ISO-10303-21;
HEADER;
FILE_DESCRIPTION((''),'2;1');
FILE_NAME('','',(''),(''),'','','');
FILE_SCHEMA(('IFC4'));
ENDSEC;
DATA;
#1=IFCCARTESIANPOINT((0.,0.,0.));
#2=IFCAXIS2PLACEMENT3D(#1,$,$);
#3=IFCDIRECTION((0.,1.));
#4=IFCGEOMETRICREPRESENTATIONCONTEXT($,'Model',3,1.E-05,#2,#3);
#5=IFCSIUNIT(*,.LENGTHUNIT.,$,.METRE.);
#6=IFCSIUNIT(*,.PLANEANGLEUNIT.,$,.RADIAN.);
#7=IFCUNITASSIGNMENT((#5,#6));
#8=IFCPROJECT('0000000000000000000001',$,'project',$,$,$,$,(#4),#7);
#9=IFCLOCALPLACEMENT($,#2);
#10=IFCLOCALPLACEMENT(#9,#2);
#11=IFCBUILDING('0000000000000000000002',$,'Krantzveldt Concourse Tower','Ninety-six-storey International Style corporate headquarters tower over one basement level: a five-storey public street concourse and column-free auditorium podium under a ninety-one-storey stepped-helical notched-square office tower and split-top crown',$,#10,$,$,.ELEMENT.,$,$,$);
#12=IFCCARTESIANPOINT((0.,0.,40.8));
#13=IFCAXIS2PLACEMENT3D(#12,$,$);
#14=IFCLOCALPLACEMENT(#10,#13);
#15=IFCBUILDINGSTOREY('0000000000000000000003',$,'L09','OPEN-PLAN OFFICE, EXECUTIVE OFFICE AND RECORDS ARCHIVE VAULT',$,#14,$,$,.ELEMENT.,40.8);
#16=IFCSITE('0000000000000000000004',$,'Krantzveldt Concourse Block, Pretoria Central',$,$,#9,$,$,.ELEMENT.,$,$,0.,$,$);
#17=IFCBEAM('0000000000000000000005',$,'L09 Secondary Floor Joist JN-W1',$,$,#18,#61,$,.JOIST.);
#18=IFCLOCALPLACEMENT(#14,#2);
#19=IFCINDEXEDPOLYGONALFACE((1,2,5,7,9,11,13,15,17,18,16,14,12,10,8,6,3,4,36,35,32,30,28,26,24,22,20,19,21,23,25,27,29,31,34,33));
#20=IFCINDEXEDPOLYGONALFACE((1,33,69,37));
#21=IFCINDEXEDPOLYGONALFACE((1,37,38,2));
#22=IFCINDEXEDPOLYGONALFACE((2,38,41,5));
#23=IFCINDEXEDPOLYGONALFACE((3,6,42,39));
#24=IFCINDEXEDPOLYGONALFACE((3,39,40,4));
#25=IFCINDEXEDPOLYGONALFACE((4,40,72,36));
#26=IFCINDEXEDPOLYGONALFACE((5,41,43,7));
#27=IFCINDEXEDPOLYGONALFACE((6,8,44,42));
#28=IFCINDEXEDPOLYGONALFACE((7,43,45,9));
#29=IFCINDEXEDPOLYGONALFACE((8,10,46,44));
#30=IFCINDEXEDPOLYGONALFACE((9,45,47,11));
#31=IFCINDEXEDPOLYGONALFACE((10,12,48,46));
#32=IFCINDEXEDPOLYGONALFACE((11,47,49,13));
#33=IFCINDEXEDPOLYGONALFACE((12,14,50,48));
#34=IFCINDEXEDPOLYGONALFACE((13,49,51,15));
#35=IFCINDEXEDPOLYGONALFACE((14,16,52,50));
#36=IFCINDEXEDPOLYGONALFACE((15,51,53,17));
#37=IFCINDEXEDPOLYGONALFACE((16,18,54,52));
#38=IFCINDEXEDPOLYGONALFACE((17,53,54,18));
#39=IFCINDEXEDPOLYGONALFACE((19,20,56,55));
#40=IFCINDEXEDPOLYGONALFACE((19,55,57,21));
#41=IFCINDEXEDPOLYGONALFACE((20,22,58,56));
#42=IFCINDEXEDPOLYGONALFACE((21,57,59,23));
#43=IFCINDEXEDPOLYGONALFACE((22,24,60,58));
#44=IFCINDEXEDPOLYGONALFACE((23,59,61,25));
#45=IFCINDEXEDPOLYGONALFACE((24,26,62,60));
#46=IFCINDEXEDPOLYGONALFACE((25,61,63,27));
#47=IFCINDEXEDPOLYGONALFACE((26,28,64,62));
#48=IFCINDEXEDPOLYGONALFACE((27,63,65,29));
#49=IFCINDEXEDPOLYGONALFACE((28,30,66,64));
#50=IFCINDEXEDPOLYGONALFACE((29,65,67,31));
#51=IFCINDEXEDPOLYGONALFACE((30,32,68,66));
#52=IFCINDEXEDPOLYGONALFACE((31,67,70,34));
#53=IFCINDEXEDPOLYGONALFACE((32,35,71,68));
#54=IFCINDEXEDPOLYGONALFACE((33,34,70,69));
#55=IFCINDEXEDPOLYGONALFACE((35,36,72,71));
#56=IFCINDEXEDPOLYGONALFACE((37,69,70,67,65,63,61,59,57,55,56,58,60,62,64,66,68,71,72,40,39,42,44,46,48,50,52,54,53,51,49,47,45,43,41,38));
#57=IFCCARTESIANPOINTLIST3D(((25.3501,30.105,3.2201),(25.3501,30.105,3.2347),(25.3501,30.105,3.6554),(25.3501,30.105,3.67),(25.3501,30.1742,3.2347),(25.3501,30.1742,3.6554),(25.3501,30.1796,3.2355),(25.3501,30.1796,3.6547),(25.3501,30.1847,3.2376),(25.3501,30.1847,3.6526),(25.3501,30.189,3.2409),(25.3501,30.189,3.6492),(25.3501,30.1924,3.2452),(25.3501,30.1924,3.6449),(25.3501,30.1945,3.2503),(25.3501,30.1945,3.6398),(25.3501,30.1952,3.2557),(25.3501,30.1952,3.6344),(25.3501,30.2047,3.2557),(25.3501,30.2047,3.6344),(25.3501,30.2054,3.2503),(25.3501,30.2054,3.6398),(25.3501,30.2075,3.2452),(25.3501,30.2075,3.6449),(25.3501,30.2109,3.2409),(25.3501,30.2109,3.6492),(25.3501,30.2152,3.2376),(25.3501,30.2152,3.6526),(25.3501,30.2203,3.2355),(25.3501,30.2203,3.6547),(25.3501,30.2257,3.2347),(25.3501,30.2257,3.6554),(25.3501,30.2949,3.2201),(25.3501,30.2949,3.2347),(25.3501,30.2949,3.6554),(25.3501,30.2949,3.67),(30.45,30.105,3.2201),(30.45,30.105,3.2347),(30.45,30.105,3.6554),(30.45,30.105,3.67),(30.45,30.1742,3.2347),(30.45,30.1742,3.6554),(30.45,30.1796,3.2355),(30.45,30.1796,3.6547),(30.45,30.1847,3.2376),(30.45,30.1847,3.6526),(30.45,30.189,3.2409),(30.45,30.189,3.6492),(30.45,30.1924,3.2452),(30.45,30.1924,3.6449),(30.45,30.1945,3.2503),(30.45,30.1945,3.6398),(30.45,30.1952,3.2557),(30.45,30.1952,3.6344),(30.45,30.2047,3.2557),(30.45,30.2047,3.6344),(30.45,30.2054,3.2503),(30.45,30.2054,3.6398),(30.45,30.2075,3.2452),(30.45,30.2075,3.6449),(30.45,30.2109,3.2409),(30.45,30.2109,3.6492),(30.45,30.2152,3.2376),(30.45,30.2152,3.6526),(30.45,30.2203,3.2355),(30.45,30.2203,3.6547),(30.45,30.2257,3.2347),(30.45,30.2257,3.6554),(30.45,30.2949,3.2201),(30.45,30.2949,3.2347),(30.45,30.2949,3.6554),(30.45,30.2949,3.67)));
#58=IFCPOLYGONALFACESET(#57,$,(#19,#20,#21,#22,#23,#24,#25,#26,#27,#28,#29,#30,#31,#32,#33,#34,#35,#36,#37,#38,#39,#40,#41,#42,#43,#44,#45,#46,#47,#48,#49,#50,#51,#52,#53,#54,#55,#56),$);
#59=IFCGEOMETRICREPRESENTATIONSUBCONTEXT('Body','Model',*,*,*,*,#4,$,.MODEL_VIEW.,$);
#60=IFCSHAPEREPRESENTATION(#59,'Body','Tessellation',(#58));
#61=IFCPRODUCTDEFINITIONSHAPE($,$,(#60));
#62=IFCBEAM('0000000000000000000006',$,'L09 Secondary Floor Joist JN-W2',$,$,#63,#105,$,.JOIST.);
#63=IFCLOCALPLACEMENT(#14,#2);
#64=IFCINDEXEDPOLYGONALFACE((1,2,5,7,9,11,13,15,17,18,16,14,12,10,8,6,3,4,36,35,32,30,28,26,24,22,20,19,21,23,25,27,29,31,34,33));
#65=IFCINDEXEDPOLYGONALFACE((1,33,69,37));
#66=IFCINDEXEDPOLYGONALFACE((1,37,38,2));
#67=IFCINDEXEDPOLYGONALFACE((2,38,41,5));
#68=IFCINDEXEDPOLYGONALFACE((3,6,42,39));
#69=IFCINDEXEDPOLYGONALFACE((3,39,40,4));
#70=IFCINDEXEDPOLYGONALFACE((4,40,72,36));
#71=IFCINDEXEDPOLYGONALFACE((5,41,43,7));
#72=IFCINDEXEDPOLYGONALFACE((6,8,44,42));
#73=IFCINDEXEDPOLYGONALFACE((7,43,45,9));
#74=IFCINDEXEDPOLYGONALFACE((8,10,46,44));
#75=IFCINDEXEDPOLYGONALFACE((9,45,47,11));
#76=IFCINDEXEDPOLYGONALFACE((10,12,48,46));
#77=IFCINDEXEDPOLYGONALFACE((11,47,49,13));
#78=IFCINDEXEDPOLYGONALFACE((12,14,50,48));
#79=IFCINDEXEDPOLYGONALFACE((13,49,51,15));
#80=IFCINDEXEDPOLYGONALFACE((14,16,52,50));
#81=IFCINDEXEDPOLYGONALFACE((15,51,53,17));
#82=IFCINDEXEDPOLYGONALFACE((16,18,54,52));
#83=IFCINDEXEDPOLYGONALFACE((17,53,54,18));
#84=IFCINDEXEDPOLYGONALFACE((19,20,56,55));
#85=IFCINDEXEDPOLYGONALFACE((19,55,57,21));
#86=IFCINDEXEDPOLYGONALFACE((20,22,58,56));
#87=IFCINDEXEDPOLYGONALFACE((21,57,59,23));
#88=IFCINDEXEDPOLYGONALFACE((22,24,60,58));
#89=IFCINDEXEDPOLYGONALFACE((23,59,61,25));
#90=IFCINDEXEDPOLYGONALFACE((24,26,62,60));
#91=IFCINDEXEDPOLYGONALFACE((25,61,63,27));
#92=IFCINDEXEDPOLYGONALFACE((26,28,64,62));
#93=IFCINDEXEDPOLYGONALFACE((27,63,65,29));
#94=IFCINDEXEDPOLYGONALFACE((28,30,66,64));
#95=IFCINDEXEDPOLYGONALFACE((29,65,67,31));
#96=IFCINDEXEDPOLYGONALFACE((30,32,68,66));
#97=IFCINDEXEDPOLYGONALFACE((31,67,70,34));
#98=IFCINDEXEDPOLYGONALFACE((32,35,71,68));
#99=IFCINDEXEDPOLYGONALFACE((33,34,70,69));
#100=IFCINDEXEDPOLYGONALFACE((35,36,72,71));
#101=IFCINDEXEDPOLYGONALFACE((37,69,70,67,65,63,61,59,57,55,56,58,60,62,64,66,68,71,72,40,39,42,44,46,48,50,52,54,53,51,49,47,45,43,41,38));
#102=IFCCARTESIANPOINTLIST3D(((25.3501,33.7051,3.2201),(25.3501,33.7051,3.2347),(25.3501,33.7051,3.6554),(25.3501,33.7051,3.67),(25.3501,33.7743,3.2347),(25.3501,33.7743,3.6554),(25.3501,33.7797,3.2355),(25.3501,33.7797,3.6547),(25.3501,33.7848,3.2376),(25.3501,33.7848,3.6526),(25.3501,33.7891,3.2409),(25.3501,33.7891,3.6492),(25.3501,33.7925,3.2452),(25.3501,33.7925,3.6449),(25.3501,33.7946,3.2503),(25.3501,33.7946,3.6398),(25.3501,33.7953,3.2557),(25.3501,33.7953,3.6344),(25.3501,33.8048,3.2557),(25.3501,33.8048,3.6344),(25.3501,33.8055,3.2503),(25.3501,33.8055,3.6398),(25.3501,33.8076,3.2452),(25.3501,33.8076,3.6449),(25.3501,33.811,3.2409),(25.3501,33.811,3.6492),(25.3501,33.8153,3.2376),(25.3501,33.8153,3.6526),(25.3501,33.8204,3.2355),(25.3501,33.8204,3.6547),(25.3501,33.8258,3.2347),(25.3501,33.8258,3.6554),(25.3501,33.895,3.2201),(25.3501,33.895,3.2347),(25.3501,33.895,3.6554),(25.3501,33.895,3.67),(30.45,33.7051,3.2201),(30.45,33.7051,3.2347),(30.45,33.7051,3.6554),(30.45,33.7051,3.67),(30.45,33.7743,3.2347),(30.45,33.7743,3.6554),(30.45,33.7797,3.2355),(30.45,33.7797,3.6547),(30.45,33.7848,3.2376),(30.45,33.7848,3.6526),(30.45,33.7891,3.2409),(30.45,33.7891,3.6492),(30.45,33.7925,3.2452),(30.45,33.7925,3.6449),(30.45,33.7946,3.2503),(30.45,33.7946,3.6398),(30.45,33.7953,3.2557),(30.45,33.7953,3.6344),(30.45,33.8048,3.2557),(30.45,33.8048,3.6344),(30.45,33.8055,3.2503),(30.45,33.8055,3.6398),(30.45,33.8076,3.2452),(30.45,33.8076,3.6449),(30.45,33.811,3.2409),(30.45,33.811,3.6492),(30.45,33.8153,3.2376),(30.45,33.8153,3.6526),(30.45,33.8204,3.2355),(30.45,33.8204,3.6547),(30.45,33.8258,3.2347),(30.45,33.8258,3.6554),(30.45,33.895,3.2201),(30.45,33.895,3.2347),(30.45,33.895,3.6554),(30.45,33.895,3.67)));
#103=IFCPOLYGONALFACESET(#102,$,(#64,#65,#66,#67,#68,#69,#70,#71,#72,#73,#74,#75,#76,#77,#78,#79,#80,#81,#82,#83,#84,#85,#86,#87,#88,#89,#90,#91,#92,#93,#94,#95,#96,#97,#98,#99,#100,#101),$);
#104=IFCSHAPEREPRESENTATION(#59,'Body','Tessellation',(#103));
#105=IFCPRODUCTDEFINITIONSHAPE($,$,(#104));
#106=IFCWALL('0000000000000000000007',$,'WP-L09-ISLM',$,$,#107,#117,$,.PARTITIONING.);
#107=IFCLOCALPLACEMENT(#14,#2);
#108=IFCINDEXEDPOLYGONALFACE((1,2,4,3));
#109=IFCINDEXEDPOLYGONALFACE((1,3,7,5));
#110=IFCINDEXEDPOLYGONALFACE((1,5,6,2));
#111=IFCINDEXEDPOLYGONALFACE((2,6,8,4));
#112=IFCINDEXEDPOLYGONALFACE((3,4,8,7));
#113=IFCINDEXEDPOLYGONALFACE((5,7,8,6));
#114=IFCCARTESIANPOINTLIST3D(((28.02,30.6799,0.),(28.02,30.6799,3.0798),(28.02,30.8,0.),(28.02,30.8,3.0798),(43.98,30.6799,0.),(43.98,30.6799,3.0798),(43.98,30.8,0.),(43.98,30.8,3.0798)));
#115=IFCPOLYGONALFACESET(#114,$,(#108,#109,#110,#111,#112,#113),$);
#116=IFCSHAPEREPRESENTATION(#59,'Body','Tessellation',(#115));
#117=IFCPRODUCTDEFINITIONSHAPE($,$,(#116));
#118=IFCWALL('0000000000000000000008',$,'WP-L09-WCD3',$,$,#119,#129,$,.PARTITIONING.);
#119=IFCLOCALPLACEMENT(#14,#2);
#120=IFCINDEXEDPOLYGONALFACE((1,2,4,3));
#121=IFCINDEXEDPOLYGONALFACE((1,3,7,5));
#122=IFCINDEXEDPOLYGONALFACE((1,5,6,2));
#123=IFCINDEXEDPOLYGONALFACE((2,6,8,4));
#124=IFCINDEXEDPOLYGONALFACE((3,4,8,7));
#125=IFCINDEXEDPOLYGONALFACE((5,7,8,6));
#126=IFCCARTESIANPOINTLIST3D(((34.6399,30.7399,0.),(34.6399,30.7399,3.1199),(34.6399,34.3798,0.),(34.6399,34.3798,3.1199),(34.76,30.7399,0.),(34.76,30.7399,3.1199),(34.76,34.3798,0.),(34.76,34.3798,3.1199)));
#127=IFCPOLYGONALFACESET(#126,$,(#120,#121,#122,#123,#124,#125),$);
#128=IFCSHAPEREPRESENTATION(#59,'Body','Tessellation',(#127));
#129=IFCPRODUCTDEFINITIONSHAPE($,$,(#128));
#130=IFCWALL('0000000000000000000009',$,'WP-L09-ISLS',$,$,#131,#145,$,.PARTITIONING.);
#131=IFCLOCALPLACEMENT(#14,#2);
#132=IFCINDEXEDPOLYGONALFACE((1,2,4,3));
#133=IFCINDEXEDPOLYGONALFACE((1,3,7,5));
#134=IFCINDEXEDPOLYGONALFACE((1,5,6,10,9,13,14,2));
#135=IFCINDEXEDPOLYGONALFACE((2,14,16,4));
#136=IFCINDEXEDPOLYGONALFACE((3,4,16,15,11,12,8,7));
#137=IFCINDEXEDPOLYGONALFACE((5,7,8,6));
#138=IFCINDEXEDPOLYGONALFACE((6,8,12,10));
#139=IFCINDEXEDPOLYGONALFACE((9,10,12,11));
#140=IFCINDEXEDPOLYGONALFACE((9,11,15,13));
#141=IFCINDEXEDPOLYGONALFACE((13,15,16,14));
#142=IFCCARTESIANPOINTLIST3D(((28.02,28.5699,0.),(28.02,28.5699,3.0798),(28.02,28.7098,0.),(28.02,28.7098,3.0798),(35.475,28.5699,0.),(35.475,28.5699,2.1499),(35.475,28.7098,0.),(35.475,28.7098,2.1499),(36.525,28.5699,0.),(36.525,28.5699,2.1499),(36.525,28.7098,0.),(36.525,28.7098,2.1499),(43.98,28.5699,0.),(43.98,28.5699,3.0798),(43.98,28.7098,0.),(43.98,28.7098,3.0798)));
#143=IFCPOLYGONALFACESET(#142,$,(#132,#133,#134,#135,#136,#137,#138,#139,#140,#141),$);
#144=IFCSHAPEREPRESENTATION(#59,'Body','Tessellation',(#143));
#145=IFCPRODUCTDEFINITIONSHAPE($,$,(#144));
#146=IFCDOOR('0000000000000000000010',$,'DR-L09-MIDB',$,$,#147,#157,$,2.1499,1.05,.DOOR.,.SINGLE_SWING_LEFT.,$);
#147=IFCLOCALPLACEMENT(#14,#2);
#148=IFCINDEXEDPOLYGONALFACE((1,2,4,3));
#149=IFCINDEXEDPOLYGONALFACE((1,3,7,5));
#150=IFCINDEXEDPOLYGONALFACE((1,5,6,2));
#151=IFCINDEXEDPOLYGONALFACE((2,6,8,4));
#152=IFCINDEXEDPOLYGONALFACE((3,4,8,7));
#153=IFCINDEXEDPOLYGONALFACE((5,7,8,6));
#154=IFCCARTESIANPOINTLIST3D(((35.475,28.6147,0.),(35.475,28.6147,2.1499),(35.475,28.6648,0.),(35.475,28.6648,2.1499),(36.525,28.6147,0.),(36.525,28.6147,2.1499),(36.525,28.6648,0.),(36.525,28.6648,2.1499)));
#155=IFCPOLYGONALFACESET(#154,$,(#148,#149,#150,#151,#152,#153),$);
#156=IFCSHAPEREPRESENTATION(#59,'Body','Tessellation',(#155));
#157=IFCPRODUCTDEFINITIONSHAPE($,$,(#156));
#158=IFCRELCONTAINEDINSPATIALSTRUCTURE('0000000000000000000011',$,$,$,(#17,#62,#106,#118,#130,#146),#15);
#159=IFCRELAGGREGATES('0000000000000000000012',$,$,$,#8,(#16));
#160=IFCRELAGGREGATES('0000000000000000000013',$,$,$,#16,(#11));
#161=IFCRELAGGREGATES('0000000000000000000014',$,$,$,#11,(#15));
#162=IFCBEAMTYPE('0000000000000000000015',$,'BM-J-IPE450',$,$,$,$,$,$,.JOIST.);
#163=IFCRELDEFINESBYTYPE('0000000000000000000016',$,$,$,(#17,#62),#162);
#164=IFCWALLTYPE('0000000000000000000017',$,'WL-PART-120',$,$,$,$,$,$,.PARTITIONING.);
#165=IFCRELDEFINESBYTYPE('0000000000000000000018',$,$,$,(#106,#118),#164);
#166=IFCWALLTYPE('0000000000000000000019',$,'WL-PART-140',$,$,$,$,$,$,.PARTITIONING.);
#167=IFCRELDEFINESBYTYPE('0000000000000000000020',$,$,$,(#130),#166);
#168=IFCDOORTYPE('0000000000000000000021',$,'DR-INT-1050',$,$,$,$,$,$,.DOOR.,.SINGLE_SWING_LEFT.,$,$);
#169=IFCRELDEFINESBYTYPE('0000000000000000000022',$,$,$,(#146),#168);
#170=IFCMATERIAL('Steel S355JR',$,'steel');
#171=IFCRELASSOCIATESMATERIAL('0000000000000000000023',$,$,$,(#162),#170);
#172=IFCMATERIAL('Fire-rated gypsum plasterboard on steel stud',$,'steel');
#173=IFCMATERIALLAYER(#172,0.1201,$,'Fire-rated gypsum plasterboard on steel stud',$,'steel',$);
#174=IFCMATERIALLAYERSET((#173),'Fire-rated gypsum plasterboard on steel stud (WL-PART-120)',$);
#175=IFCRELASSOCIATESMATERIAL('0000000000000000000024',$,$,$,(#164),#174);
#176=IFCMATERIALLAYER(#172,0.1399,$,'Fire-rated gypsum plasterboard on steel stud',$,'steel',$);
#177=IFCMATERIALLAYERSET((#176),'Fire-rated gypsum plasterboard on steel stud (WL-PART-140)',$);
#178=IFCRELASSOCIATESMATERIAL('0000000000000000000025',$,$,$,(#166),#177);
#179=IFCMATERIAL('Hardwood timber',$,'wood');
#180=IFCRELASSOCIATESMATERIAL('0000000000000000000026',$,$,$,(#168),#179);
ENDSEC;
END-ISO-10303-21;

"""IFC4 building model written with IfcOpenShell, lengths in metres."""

from ifc_helpers import new_model, si_unit, direction, frame, frame_2d, origin, origin_2d, place, context, subcontext, project, spatial, rectangle, i_section, extrude, source, transform, mapped, material, layer, layer_set, material_profile, profile_set, type_object, type_shapes, element, fill, save


model = new_model("IFC4")

# Units and contexts
model_context = context("Model", 3, precision=1e-05, world=origin(), true_north=direction((0.0, 1.0)))
body_context = subcontext(model_context, "Body", "Model", "MODEL_VIEW")
ifc_project = project(units=[si_unit("LENGTHUNIT", "METRE"), si_unit("PLANEANGLEUNIT", "RADIAN")], contexts=[model_context])

# Site, building, storey
site_placement = place(None, origin())
site = spatial("IfcSite", under=ifc_project, at=site_placement, Name="Krantzveldt Concourse Block, Pretoria Central", CompositionType="ELEMENT", RefElevation=0.0)
building_placement = place(site_placement, origin())
building = spatial("IfcBuilding", under=site, at=building_placement, Name="Krantzveldt Concourse Tower", Description="Ninety-six-storey International Style corporate headquarters tower over one basement level: a five-storey public street concourse and column-free auditorium podium under a ninety-one-storey stepped-helical notched-square office tower and split-top crown", CompositionType="ELEMENT")
storey_placement = place(building_placement, frame((0.0, 0.0, 40.8)))
storey = spatial("IfcBuildingStorey", under=building, at=storey_placement, Name="L09", Description="OPEN-PLAN OFFICE, EXECUTIVE OFFICE AND RECORDS ARCHIVE VAULT", CompositionType="ELEMENT", Elevation=40.8)

# Beams
ifc_material_1 = material(Name="Steel S355JR", Category="steel")
ifc_material_profile_1 = material_profile(ifc_material_1, i_section(OverallWidth=0.1899, OverallDepth=0.45, WebThickness=0.0095, FlangeThickness=0.0146, FilletRadius=0.021, at=origin_2d()), Name="Steel S355JR", Category="steel")
ifc_profile_set_1 = profile_set([ifc_material_profile_1], Name="Steel S355JR - IPE 450")
beam_type_1 = type_object("IfcBeamType", Name="BM-J-IPE450", PredefinedType="JOIST", material=ifc_profile_set_1)
shared_shape_1 = source(origin(), body_context, "Body", "SweptSolid", [
    extrude(i_section(OverallWidth=0.1899, OverallDepth=0.45, WebThickness=0.0095, FlangeThickness=0.0146, FilletRadius=0.021, at=origin_2d()), origin(), (0.0, 0.0, 1.0), 5.0999),
])
type_shapes(beam_type_1, [shared_shape_1])
for number, where, z_axis, x_axis, name in (
    (1, (25.3501, 30.2, 3.4451), (1.0, 0.0, 0.0), (0.0, 1.0, 0.0), "L09 Secondary Floor Joist JN-W1"),
    (2, (25.3501, 33.8, 3.4451), (1.0, 0.0, 0.0), (0.0, 1.0, 0.0), "L09 Secondary Floor Joist JN-W2"),
):
    element("IfcBeam", number, at=place(storey_placement, frame(where, z_axis=z_axis, x_axis=x_axis)), inside=storey, type_object=beam_type_1, Name=name, PredefinedType="JOIST", context=body_context, shape_type="MappedRepresentation", body=[
        mapped(shared_shape_1, transform((0.0, 0.0, 0.0), x_axis=(1.0, 0.0, 0.0), y_axis=(0.0, 1.0, 0.0), z_axis=(0.0, 0.0, 1.0), scale=1.0)),
    ])

# Walls
ifc_material_2 = material(Name="Fire-rated gypsum plasterboard on steel stud", Category="steel")
ifc_layer_1 = layer(ifc_material_2, 0.1201, Name="Fire-rated gypsum plasterboard on steel stud", Category="steel")
ifc_layer_set_1 = layer_set([ifc_layer_1], Name="Fire-rated gypsum plasterboard on steel stud (WL-PART-120)")
wall_type_1 = type_object("IfcWallType", Name="WL-PART-120", PredefinedType="PARTITIONING", material=ifc_layer_set_1)
wall_1_placement = place(storey_placement, frame((28.02, 30.74, 0.0), z_axis=(0.0, 0.0, 1.0), x_axis=(1.0, 0.0, 0.0)))
element("IfcWall", 3, at=wall_1_placement, inside=storey, type_object=wall_type_1, Name="WP-L09-ISLM", PredefinedType="PARTITIONING", context=body_context, shape_type="SweptSolid", body=[
    extrude(rectangle(XDim=15.96, YDim=0.1201, at=frame_2d((7.98, 0.0))), origin(), (0.0, 0.0, 1.0), 3.0798),
])
wall_2_placement = place(storey_placement, frame((34.7, 30.74, 0.0), z_axis=(0.0, 0.0, 1.0), x_axis=(0.0, 1.0, 0.0)))
element("IfcWall", 4, at=wall_2_placement, inside=storey, type_object=wall_type_1, Name="WP-L09-WCD3", PredefinedType="PARTITIONING", context=body_context, shape_type="SweptSolid", body=[
    extrude(rectangle(XDim=3.6399, YDim=0.1201, at=frame_2d((1.8198, 0.0))), origin(), (0.0, 0.0, 1.0), 3.1199),
])

# Wall, opening, door
ifc_layer_2 = layer(ifc_material_2, 0.1399, Name="Fire-rated gypsum plasterboard on steel stud", Category="steel")
ifc_layer_set_2 = layer_set([ifc_layer_2], Name="Fire-rated gypsum plasterboard on steel stud (WL-PART-140)")
wall_type_2 = type_object("IfcWallType", Name="WL-PART-140", PredefinedType="PARTITIONING", material=ifc_layer_set_2)
wall_3_placement = place(storey_placement, frame((28.02, 28.6399, 0.0), z_axis=(0.0, 0.0, 1.0), x_axis=(1.0, 0.0, 0.0)))
wall_3 = element("IfcWall", 5, at=wall_3_placement, inside=storey, type_object=wall_type_2, Name="WP-L09-ISLS", PredefinedType="PARTITIONING", context=body_context, shape_type="SweptSolid", body=[
    extrude(rectangle(XDim=15.96, YDim=0.1399, at=frame_2d((7.98, 0.0))), origin(), (0.0, 0.0, 1.0), 3.0798),
])
opening_1_placement = place(wall_3_placement, frame((7.4551, 0.0, 0.0)))
opening_1 = element("IfcOpeningElement", 6, at=opening_1_placement, cuts=wall_3, PredefinedType="OPENING", context=body_context, shape_type="SweptSolid", body=[
    extrude(rectangle(XDim=1.05, YDim=2.1499, at=frame_2d((0.5249, 1.075))), frame((0.0, 0.0801, 0.0), z_axis=(0.0, -1.0, 0.0), x_axis=(1.0, 0.0, 0.0)), (0.0, 0.0, 1.0), 0.1599),
])
ifc_material_3 = material(Name="Hardwood timber", Category="wood")
door_type_1 = type_object("IfcDoorType", Name="DR-INT-1050", OperationType="SINGLE_SWING_LEFT", PredefinedType="DOOR", material=ifc_material_3)
door_1_placement = place(opening_1_placement, origin())
door_1 = element("IfcDoor", 7, at=door_1_placement, inside=storey, type_object=door_type_1, Name="DR-L09-MIDB", OperationType="SINGLE_SWING_LEFT", OverallHeight=2.1499, OverallWidth=1.05, PredefinedType="DOOR", context=body_context, shape_type="SweptSolid", body=[
    extrude(rectangle(XDim=1.05, YDim=2.1499, at=frame_2d((0.5249, 1.075))), frame((0.0, 0.0249, 0.0), z_axis=(0.0, -1.0, 0.0), x_axis=(1.0, 0.0, 0.0)), (0.0, 0.0, 1.0), 0.05),
])
fill(opening_1, door_1)

save(model, "model.ifc")
